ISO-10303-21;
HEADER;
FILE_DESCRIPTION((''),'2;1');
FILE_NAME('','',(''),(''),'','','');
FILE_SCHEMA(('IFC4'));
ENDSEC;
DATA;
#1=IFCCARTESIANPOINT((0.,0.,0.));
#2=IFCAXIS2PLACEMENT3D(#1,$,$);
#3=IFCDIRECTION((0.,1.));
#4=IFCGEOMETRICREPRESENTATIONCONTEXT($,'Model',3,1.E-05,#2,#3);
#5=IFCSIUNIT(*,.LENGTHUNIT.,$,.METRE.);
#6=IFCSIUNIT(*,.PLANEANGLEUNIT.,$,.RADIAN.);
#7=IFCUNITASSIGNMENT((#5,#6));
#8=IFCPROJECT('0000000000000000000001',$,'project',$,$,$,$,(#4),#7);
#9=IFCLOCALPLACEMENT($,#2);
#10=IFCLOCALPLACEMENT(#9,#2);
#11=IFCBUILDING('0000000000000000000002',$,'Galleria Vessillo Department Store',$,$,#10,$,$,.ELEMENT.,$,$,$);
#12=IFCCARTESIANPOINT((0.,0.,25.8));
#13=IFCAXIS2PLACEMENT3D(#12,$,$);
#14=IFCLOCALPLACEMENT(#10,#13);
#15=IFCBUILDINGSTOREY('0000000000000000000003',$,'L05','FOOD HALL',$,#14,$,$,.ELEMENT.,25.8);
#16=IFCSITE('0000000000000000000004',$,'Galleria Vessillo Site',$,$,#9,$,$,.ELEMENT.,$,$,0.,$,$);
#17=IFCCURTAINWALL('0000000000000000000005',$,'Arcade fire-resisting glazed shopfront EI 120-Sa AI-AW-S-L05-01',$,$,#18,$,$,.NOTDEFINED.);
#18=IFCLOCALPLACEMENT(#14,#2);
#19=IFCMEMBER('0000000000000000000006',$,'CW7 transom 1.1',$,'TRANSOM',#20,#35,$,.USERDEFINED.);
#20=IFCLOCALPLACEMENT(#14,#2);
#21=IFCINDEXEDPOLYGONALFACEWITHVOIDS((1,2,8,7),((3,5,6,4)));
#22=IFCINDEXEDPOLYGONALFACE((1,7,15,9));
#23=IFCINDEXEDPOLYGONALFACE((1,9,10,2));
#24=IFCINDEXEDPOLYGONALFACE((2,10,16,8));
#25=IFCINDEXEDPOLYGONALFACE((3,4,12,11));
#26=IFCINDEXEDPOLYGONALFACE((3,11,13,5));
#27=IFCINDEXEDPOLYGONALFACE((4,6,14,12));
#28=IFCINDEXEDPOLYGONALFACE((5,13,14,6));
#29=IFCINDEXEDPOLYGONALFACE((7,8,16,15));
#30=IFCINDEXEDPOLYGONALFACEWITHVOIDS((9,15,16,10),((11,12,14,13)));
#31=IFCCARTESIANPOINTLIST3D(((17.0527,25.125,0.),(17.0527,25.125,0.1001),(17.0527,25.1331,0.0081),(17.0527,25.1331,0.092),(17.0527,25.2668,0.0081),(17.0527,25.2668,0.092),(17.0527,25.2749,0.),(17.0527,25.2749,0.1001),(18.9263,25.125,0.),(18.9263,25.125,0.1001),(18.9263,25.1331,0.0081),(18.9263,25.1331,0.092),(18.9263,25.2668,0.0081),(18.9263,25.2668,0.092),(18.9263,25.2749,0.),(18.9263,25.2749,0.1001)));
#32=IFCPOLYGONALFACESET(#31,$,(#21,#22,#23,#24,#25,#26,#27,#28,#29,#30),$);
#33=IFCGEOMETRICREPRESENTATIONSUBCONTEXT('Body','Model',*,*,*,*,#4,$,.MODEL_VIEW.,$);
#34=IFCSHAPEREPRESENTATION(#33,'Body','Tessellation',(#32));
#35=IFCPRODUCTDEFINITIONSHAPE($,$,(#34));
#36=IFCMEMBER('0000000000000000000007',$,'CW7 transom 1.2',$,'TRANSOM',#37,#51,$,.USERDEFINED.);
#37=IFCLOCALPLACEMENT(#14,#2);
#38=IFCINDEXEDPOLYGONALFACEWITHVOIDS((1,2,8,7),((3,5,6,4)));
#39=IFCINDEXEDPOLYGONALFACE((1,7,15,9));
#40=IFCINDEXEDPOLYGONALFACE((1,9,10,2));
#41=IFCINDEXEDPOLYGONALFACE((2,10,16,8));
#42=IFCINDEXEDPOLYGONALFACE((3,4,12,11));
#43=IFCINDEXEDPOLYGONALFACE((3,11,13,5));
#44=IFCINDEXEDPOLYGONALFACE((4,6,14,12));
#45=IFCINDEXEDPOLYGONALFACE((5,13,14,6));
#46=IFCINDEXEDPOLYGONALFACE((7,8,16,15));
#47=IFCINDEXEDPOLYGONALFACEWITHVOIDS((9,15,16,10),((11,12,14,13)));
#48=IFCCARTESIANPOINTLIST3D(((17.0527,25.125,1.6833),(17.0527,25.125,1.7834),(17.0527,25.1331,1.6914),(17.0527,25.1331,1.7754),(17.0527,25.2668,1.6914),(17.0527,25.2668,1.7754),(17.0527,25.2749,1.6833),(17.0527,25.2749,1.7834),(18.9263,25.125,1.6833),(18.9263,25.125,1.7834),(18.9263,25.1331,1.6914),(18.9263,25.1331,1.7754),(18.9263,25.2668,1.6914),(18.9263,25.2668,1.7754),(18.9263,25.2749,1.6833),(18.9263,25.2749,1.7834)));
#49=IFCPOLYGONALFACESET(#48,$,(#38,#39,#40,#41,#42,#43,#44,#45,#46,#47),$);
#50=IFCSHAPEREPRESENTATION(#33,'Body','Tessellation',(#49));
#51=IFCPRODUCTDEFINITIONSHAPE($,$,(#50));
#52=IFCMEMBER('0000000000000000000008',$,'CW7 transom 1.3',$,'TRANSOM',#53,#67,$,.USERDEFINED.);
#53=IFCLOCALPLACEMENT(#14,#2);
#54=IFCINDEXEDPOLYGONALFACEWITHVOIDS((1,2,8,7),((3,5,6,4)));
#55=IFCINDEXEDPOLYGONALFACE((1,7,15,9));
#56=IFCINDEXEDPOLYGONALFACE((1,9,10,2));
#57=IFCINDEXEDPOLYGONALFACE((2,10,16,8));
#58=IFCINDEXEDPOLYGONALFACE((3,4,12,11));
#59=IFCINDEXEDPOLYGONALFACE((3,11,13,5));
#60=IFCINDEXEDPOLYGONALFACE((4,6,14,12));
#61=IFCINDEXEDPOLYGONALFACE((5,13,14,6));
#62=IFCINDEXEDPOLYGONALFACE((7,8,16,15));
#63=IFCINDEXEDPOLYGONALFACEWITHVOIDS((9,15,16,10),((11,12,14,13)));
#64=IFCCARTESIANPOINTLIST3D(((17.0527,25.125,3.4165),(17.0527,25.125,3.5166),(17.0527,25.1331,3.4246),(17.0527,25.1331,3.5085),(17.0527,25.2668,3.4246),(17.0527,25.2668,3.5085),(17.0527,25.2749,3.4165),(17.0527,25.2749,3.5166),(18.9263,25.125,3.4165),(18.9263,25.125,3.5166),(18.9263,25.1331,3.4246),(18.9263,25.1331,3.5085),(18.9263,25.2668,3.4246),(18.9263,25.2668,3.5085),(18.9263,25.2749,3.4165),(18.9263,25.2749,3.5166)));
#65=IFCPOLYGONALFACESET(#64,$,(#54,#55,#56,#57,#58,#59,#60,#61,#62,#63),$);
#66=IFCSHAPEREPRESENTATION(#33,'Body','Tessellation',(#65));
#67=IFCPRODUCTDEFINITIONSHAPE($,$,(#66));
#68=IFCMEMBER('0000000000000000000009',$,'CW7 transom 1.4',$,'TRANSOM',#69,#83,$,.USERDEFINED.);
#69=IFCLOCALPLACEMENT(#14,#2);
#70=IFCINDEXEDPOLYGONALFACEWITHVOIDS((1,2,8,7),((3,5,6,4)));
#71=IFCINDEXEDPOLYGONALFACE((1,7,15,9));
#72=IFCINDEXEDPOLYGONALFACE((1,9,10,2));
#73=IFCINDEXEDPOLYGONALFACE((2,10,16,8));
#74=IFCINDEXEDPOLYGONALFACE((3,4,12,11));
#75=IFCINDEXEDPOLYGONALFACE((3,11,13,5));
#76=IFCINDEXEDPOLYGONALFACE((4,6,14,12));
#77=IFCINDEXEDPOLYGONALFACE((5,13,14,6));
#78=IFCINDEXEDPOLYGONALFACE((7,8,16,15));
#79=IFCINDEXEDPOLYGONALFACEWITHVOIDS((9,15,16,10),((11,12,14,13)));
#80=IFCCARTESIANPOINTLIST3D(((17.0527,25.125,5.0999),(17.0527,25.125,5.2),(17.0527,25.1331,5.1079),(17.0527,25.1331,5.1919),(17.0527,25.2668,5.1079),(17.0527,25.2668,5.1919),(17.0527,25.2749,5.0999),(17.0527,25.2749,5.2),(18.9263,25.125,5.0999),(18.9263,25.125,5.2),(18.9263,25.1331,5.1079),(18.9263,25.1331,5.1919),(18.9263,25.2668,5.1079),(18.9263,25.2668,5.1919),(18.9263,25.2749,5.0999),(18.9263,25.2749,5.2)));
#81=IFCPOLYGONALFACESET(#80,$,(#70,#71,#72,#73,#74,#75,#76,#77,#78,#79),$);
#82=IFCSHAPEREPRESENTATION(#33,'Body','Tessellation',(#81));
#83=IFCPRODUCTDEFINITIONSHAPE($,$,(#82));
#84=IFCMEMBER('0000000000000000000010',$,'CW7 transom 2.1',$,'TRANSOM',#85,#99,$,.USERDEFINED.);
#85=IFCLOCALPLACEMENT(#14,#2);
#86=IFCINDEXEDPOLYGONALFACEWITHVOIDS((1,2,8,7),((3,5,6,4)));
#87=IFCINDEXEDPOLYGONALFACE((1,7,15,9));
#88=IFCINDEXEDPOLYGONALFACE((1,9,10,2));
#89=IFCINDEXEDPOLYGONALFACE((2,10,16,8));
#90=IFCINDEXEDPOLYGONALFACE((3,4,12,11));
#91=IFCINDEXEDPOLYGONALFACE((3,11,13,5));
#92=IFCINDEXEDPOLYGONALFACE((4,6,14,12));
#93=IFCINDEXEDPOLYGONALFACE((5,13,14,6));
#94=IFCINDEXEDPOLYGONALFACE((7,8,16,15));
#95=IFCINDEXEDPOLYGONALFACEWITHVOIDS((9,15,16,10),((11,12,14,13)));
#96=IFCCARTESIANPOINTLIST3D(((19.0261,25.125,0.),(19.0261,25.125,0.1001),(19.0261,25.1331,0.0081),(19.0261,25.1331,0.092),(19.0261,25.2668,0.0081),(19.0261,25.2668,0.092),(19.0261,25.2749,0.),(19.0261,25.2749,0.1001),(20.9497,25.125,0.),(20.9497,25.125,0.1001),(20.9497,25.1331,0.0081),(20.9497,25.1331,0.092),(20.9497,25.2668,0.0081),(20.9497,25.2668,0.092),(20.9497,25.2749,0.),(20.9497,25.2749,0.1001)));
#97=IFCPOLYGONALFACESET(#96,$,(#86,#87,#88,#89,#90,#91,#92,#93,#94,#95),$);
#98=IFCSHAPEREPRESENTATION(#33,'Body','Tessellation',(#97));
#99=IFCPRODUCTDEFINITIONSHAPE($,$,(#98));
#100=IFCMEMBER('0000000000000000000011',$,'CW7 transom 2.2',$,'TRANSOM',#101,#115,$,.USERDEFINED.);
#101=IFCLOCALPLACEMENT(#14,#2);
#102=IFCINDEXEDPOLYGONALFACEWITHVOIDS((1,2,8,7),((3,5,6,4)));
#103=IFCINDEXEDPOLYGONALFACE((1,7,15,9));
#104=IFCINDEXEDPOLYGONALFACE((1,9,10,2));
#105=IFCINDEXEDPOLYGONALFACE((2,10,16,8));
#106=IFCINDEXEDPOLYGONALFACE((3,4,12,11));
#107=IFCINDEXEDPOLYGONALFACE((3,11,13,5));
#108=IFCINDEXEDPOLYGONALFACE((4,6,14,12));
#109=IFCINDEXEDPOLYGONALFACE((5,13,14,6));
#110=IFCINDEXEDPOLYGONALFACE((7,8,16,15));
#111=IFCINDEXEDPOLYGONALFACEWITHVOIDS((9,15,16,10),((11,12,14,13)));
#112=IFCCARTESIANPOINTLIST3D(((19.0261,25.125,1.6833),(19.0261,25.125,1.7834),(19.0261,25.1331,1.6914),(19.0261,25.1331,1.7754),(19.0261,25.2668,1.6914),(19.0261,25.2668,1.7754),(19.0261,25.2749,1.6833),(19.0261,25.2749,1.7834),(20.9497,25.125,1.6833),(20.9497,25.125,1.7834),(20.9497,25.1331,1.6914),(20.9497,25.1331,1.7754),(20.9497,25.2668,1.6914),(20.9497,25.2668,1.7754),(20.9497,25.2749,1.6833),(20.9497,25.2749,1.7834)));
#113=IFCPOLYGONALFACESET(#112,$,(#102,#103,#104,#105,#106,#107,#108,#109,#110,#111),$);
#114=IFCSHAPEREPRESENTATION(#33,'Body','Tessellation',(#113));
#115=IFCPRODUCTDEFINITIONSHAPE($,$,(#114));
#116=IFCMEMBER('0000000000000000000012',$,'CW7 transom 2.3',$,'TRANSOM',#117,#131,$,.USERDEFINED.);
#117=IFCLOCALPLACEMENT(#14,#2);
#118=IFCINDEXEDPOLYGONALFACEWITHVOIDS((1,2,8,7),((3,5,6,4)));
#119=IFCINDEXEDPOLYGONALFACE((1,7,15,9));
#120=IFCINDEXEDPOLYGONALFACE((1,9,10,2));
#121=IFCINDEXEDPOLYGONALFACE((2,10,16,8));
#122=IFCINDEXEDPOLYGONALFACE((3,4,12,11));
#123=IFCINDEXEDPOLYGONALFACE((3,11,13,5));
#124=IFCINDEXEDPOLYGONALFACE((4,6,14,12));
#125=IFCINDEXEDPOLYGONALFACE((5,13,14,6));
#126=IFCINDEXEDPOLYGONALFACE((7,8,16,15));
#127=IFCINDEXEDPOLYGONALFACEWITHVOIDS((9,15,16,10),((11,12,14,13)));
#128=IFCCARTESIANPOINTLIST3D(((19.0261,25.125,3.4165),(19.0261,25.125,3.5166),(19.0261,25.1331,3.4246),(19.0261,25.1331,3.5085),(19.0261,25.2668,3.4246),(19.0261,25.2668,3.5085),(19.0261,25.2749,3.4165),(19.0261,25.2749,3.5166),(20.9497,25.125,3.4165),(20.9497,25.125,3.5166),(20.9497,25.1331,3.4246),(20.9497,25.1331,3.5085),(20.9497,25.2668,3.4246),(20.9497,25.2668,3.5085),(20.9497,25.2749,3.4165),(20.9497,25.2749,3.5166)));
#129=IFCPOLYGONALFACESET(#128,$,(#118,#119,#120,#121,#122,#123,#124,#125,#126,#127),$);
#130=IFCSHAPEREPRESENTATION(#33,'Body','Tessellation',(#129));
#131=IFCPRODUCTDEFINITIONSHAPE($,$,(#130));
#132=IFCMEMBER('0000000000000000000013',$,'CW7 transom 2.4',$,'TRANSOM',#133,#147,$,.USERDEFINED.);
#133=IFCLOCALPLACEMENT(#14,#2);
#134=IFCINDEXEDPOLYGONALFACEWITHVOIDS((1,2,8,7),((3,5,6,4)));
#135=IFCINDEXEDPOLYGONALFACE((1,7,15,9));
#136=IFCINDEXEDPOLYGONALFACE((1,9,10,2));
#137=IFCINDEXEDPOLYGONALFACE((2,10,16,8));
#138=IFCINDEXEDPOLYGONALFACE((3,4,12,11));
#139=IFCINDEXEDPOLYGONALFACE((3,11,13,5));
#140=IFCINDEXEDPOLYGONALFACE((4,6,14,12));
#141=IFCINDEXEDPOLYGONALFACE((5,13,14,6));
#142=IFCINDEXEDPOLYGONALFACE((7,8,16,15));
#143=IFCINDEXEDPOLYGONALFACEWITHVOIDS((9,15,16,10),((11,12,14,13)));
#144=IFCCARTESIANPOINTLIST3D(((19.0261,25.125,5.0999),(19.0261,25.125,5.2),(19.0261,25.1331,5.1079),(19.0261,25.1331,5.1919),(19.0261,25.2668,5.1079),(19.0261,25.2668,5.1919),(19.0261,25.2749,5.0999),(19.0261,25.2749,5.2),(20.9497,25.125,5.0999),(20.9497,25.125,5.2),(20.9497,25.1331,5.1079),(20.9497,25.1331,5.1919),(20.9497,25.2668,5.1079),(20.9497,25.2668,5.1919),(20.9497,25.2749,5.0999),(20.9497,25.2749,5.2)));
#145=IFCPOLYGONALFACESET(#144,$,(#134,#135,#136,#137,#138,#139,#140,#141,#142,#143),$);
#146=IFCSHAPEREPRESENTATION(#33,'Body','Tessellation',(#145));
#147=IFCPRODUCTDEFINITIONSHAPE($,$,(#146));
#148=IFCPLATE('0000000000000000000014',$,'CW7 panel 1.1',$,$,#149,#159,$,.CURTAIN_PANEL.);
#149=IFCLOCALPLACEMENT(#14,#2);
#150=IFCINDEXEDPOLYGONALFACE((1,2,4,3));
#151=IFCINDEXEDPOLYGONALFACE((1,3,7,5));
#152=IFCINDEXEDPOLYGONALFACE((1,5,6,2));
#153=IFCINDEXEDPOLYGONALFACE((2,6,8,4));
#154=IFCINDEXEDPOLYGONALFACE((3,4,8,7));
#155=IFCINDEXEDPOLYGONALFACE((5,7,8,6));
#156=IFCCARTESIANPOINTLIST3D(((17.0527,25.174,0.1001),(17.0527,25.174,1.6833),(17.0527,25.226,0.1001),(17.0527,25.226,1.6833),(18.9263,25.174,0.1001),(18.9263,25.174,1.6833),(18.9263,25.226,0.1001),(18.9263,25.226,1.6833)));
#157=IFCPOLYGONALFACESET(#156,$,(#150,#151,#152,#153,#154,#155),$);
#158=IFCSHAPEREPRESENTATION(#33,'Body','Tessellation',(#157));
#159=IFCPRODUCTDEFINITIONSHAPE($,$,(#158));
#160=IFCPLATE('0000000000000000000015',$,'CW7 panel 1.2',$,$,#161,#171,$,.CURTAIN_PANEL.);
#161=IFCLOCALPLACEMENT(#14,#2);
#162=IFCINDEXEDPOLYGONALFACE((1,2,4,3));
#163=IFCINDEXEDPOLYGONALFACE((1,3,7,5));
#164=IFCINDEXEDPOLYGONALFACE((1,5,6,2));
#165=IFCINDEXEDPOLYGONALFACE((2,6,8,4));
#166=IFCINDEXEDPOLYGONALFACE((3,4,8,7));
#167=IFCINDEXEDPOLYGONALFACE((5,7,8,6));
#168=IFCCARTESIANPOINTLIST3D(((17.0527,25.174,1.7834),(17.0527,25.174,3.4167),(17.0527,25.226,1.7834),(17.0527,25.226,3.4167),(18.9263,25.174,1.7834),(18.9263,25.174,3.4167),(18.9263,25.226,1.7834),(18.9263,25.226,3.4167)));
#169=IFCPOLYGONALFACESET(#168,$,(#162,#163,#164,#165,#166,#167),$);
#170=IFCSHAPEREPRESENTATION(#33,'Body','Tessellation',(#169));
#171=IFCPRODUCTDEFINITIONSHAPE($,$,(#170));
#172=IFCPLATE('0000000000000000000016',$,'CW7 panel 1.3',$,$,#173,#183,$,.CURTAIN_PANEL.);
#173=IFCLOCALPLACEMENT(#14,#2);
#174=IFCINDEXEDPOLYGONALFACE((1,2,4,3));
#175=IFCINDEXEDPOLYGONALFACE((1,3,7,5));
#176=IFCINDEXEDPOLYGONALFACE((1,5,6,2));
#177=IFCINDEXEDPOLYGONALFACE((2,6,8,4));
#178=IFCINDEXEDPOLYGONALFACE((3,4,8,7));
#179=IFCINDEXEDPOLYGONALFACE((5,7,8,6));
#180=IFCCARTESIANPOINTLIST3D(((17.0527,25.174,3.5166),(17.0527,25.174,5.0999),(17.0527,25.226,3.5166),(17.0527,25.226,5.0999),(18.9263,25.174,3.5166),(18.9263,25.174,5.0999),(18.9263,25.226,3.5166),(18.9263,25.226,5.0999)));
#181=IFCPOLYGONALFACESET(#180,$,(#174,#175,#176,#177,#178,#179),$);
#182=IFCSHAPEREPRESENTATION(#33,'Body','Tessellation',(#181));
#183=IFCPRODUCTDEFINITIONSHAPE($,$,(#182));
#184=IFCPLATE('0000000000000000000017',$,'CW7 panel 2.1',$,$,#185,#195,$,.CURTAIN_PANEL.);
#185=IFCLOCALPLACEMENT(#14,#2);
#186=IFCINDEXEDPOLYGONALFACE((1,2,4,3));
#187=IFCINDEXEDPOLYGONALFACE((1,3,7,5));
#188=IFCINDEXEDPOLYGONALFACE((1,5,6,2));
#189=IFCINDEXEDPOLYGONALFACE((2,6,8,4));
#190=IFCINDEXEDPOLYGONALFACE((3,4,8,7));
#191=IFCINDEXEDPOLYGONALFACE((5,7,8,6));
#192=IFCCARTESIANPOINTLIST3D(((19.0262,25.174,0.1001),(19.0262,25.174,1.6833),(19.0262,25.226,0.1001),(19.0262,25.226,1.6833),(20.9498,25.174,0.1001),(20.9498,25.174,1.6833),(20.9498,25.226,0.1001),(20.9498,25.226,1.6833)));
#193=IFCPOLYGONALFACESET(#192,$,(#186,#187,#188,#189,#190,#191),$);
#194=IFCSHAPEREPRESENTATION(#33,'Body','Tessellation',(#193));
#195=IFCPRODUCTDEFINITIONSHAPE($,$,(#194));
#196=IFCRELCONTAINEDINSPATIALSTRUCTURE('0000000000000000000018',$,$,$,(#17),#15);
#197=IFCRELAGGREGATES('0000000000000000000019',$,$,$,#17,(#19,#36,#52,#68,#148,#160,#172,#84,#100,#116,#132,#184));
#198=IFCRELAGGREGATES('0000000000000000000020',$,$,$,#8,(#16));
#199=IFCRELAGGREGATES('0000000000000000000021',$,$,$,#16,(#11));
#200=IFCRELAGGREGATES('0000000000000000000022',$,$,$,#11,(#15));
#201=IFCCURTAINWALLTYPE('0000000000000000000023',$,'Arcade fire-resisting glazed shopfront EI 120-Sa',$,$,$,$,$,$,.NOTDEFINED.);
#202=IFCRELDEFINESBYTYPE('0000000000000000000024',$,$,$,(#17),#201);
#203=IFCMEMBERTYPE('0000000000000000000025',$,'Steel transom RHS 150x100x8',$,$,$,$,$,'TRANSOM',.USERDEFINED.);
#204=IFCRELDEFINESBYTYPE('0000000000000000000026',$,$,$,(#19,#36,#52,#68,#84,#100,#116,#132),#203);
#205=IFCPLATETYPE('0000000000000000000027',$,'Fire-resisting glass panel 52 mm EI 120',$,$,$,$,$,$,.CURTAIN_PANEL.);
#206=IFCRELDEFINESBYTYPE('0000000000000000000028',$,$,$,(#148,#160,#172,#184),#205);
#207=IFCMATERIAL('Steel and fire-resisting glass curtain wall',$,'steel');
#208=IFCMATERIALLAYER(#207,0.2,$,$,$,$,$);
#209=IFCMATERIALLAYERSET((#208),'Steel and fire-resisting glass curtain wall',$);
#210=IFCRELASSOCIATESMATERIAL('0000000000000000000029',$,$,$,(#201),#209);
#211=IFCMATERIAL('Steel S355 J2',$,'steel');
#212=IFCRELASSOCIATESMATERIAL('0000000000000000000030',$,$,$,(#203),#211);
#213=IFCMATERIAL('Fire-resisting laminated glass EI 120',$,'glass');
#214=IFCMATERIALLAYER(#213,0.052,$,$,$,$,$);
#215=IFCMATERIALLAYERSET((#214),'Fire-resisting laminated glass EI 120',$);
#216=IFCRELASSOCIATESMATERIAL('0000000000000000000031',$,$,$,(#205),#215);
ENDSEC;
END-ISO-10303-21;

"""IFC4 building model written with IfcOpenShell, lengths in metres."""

from ifc_helpers import new_model, si_unit, direction, frame, origin, origin_2d, place, context, subcontext, project, spatial, rectangle, hollow_rectangle, extrude, material, layer, layer_set, material_profile, profile_set, type_object, element, aggregate, save


model = new_model("IFC4")

# Units and contexts
model_context = context("Model", 3, precision=1e-05, world=origin(), true_north=direction((0.0, 1.0)))
body_context = subcontext(model_context, "Body", "Model", "MODEL_VIEW")
ifc_project = project(units=[si_unit("LENGTHUNIT", "METRE"), si_unit("PLANEANGLEUNIT", "RADIAN")], contexts=[model_context])

# Site, building, storey
site_placement = place(None, origin())
site = spatial("IfcSite", under=ifc_project, at=site_placement, Name="Galleria Vessillo Site", CompositionType="ELEMENT", RefElevation=0.0)
building_placement = place(site_placement, origin())
building = spatial("IfcBuilding", under=site, at=building_placement, Name="Galleria Vessillo Department Store", CompositionType="ELEMENT")
storey_placement = place(building_placement, frame((0.0, 0.0, 25.8)))
storey = spatial("IfcBuildingStorey", under=building, at=storey_placement, Name="L05", Description="FOOD HALL", CompositionType="ELEMENT", Elevation=25.8)

# Curtain wall, members, plates
ifc_material_1 = material(Name="Steel and fire-resisting glass curtain wall", Category="steel")
ifc_layer_1 = layer(ifc_material_1, 0.2)
ifc_layer_set_1 = layer_set([ifc_layer_1], Name="Steel and fire-resisting glass curtain wall")
curtain_wall_type = type_object("IfcCurtainWallType", Name="Arcade fire-resisting glazed shopfront EI 120-Sa", PredefinedType="NOTDEFINED", material=ifc_layer_set_1)
curtain_wall_placement = place(storey_placement, origin())
curtain_wall = element("IfcCurtainWall", 1, at=curtain_wall_placement, inside=storey, type_object=curtain_wall_type, Name="Arcade fire-resisting glazed shopfront EI 120-Sa AI-AW-S-L05-01", PredefinedType="NOTDEFINED")
ifc_material_2 = material(Name="Steel S355 J2", Category="steel")
ifc_material_profile_1 = material_profile(ifc_material_2, hollow_rectangle(XDim=0.1499, YDim=0.1001, WallThickness=0.0081, at=origin_2d()), Name="RHS 150x100x8")
ifc_profile_set_1 = profile_set([ifc_material_profile_1], Name="Steel S355 J2")
member_type_1 = type_object("IfcMemberType", Name="Steel transom RHS 150x100x8", ElementType="TRANSOM", PredefinedType="USERDEFINED", material=ifc_profile_set_1)
member_1_placement = place(storey_placement, frame((17.0527, 25.2, 0.05), z_axis=(1.0, 0.0, 0.0), x_axis=(0.0, 1.0, 0.0)))
member_1 = element("IfcMember", 2, at=member_1_placement, type_object=member_type_1, Name="CW7 transom 1.1", ObjectType="TRANSOM", PredefinedType="USERDEFINED", context=body_context, shape_type="SweptSolid", body=[
    extrude(hollow_rectangle(XDim=0.1499, YDim=0.1001, WallThickness=0.0081, at=origin_2d()), origin(), (0.0, 0.0, 1.0), 1.8735),
])
member_2_placement = place(storey_placement, frame((17.0527, 25.2, 1.7334), z_axis=(1.0, 0.0, 0.0), x_axis=(0.0, 1.0, 0.0)))
member_2 = element("IfcMember", 3, at=member_2_placement, type_object=member_type_1, Name="CW7 transom 1.2", ObjectType="TRANSOM", PredefinedType="USERDEFINED", context=body_context, shape_type="SweptSolid", body=[
    extrude(hollow_rectangle(XDim=0.1499, YDim=0.1001, WallThickness=0.0081, at=origin_2d()), origin(), (0.0, 0.0, 1.0), 1.8735),
])
member_3_placement = place(storey_placement, frame((17.0527, 25.2, 3.4666), z_axis=(1.0, 0.0, 0.0), x_axis=(0.0, 1.0, 0.0)))
member_3 = element("IfcMember", 4, at=member_3_placement, type_object=member_type_1, Name="CW7 transom 1.3", ObjectType="TRANSOM", PredefinedType="USERDEFINED", context=body_context, shape_type="SweptSolid", body=[
    extrude(hollow_rectangle(XDim=0.1499, YDim=0.1001, WallThickness=0.0081, at=origin_2d()), origin(), (0.0, 0.0, 1.0), 1.8735),
])
member_4_placement = place(storey_placement, frame((17.0527, 25.2, 5.1499), z_axis=(1.0, 0.0, 0.0), x_axis=(0.0, 1.0, 0.0)))
member_4 = element("IfcMember", 5, at=member_4_placement, type_object=member_type_1, Name="CW7 transom 1.4", ObjectType="TRANSOM", PredefinedType="USERDEFINED", context=body_context, shape_type="SweptSolid", body=[
    extrude(hollow_rectangle(XDim=0.1499, YDim=0.1001, WallThickness=0.0081, at=origin_2d()), origin(), (0.0, 0.0, 1.0), 1.8735),
])
member_5_placement = place(storey_placement, frame((19.0261, 25.2, 0.05), z_axis=(1.0, 0.0, 0.0), x_axis=(0.0, 1.0, 0.0)))
member_5 = element("IfcMember", 6, at=member_5_placement, type_object=member_type_1, Name="CW7 transom 2.1", ObjectType="TRANSOM", PredefinedType="USERDEFINED", context=body_context, shape_type="SweptSolid", body=[
    extrude(hollow_rectangle(XDim=0.1499, YDim=0.1001, WallThickness=0.0081, at=origin_2d()), origin(), (0.0, 0.0, 1.0), 1.9236),
])
member_6_placement = place(storey_placement, frame((19.0261, 25.2, 1.7334), z_axis=(1.0, 0.0, 0.0), x_axis=(0.0, 1.0, 0.0)))
member_6 = element("IfcMember", 7, at=member_6_placement, type_object=member_type_1, Name="CW7 transom 2.2", ObjectType="TRANSOM", PredefinedType="USERDEFINED", context=body_context, shape_type="SweptSolid", body=[
    extrude(hollow_rectangle(XDim=0.1499, YDim=0.1001, WallThickness=0.0081, at=origin_2d()), origin(), (0.0, 0.0, 1.0), 1.9236),
])
member_7_placement = place(storey_placement, frame((19.0261, 25.2, 3.4666), z_axis=(1.0, 0.0, 0.0), x_axis=(0.0, 1.0, 0.0)))
member_7 = element("IfcMember", 8, at=member_7_placement, type_object=member_type_1, Name="CW7 transom 2.3", ObjectType="TRANSOM", PredefinedType="USERDEFINED", context=body_context, shape_type="SweptSolid", body=[
    extrude(hollow_rectangle(XDim=0.1499, YDim=0.1001, WallThickness=0.0081, at=origin_2d()), origin(), (0.0, 0.0, 1.0), 1.9236),
])
member_8_placement = place(storey_placement, frame((19.0261, 25.2, 5.1499), z_axis=(1.0, 0.0, 0.0), x_axis=(0.0, 1.0, 0.0)))
member_8 = element("IfcMember", 9, at=member_8_placement, type_object=member_type_1, Name="CW7 transom 2.4", ObjectType="TRANSOM", PredefinedType="USERDEFINED", context=body_context, shape_type="SweptSolid", body=[
    extrude(hollow_rectangle(XDim=0.1499, YDim=0.1001, WallThickness=0.0081, at=origin_2d()), origin(), (0.0, 0.0, 1.0), 1.9236),
])
ifc_material_3 = material(Name="Fire-resisting laminated glass EI 120", Category="glass")
ifc_layer_2 = layer(ifc_material_3, 0.052)
ifc_layer_set_2 = layer_set([ifc_layer_2], Name="Fire-resisting laminated glass EI 120")
plate_type = type_object("IfcPlateType", Name="Fire-resisting glass panel 52 mm EI 120", PredefinedType="CURTAIN_PANEL", material=ifc_layer_set_2)
plate_1_placement = place(storey_placement, frame((17.9895, 25.2, 0.1001), z_axis=(0.0, 0.0, 1.0), x_axis=(1.0, 0.0, 0.0)))
plate_1 = element("IfcPlate", 10, at=plate_1_placement, type_object=plate_type, Name="CW7 panel 1.1", PredefinedType="CURTAIN_PANEL", context=body_context, shape_type="SweptSolid", body=[
    extrude(rectangle(XDim=1.8735, YDim=0.052, at=origin_2d()), origin(), (0.0, 0.0, 1.0), 1.5833),
])
plate_2_placement = place(storey_placement, frame((17.9895, 25.2, 1.7834), z_axis=(0.0, 0.0, 1.0), x_axis=(1.0, 0.0, 0.0)))
plate_2 = element("IfcPlate", 11, at=plate_2_placement, type_object=plate_type, Name="CW7 panel 1.2", PredefinedType="CURTAIN_PANEL", context=body_context, shape_type="SweptSolid", body=[
    extrude(rectangle(XDim=1.8735, YDim=0.052, at=origin_2d()), origin(), (0.0, 0.0, 1.0), 1.6333),
])
plate_3_placement = place(storey_placement, frame((17.9895, 25.2, 3.5166), z_axis=(0.0, 0.0, 1.0), x_axis=(1.0, 0.0, 0.0)))
plate_3 = element("IfcPlate", 12, at=plate_3_placement, type_object=plate_type, Name="CW7 panel 1.3", PredefinedType="CURTAIN_PANEL", context=body_context, shape_type="SweptSolid", body=[
    extrude(rectangle(XDim=1.8735, YDim=0.052, at=origin_2d()), origin(), (0.0, 0.0, 1.0), 1.5833),
])
plate_4_placement = place(storey_placement, frame((19.988, 25.2, 0.1001), z_axis=(0.0, 0.0, 1.0), x_axis=(1.0, 0.0, 0.0)))
plate_4 = element("IfcPlate", 13, at=plate_4_placement, type_object=plate_type, Name="CW7 panel 2.1", PredefinedType="CURTAIN_PANEL", context=body_context, shape_type="SweptSolid", body=[
    extrude(rectangle(XDim=1.9236, YDim=0.052, at=origin_2d()), origin(), (0.0, 0.0, 1.0), 1.5833),
])
aggregate(curtain_wall, [member_1, member_2, member_3, member_4, plate_1, plate_2, plate_3, member_5, member_6, member_7, member_8, plate_4])

save(model, "model.ifc")
